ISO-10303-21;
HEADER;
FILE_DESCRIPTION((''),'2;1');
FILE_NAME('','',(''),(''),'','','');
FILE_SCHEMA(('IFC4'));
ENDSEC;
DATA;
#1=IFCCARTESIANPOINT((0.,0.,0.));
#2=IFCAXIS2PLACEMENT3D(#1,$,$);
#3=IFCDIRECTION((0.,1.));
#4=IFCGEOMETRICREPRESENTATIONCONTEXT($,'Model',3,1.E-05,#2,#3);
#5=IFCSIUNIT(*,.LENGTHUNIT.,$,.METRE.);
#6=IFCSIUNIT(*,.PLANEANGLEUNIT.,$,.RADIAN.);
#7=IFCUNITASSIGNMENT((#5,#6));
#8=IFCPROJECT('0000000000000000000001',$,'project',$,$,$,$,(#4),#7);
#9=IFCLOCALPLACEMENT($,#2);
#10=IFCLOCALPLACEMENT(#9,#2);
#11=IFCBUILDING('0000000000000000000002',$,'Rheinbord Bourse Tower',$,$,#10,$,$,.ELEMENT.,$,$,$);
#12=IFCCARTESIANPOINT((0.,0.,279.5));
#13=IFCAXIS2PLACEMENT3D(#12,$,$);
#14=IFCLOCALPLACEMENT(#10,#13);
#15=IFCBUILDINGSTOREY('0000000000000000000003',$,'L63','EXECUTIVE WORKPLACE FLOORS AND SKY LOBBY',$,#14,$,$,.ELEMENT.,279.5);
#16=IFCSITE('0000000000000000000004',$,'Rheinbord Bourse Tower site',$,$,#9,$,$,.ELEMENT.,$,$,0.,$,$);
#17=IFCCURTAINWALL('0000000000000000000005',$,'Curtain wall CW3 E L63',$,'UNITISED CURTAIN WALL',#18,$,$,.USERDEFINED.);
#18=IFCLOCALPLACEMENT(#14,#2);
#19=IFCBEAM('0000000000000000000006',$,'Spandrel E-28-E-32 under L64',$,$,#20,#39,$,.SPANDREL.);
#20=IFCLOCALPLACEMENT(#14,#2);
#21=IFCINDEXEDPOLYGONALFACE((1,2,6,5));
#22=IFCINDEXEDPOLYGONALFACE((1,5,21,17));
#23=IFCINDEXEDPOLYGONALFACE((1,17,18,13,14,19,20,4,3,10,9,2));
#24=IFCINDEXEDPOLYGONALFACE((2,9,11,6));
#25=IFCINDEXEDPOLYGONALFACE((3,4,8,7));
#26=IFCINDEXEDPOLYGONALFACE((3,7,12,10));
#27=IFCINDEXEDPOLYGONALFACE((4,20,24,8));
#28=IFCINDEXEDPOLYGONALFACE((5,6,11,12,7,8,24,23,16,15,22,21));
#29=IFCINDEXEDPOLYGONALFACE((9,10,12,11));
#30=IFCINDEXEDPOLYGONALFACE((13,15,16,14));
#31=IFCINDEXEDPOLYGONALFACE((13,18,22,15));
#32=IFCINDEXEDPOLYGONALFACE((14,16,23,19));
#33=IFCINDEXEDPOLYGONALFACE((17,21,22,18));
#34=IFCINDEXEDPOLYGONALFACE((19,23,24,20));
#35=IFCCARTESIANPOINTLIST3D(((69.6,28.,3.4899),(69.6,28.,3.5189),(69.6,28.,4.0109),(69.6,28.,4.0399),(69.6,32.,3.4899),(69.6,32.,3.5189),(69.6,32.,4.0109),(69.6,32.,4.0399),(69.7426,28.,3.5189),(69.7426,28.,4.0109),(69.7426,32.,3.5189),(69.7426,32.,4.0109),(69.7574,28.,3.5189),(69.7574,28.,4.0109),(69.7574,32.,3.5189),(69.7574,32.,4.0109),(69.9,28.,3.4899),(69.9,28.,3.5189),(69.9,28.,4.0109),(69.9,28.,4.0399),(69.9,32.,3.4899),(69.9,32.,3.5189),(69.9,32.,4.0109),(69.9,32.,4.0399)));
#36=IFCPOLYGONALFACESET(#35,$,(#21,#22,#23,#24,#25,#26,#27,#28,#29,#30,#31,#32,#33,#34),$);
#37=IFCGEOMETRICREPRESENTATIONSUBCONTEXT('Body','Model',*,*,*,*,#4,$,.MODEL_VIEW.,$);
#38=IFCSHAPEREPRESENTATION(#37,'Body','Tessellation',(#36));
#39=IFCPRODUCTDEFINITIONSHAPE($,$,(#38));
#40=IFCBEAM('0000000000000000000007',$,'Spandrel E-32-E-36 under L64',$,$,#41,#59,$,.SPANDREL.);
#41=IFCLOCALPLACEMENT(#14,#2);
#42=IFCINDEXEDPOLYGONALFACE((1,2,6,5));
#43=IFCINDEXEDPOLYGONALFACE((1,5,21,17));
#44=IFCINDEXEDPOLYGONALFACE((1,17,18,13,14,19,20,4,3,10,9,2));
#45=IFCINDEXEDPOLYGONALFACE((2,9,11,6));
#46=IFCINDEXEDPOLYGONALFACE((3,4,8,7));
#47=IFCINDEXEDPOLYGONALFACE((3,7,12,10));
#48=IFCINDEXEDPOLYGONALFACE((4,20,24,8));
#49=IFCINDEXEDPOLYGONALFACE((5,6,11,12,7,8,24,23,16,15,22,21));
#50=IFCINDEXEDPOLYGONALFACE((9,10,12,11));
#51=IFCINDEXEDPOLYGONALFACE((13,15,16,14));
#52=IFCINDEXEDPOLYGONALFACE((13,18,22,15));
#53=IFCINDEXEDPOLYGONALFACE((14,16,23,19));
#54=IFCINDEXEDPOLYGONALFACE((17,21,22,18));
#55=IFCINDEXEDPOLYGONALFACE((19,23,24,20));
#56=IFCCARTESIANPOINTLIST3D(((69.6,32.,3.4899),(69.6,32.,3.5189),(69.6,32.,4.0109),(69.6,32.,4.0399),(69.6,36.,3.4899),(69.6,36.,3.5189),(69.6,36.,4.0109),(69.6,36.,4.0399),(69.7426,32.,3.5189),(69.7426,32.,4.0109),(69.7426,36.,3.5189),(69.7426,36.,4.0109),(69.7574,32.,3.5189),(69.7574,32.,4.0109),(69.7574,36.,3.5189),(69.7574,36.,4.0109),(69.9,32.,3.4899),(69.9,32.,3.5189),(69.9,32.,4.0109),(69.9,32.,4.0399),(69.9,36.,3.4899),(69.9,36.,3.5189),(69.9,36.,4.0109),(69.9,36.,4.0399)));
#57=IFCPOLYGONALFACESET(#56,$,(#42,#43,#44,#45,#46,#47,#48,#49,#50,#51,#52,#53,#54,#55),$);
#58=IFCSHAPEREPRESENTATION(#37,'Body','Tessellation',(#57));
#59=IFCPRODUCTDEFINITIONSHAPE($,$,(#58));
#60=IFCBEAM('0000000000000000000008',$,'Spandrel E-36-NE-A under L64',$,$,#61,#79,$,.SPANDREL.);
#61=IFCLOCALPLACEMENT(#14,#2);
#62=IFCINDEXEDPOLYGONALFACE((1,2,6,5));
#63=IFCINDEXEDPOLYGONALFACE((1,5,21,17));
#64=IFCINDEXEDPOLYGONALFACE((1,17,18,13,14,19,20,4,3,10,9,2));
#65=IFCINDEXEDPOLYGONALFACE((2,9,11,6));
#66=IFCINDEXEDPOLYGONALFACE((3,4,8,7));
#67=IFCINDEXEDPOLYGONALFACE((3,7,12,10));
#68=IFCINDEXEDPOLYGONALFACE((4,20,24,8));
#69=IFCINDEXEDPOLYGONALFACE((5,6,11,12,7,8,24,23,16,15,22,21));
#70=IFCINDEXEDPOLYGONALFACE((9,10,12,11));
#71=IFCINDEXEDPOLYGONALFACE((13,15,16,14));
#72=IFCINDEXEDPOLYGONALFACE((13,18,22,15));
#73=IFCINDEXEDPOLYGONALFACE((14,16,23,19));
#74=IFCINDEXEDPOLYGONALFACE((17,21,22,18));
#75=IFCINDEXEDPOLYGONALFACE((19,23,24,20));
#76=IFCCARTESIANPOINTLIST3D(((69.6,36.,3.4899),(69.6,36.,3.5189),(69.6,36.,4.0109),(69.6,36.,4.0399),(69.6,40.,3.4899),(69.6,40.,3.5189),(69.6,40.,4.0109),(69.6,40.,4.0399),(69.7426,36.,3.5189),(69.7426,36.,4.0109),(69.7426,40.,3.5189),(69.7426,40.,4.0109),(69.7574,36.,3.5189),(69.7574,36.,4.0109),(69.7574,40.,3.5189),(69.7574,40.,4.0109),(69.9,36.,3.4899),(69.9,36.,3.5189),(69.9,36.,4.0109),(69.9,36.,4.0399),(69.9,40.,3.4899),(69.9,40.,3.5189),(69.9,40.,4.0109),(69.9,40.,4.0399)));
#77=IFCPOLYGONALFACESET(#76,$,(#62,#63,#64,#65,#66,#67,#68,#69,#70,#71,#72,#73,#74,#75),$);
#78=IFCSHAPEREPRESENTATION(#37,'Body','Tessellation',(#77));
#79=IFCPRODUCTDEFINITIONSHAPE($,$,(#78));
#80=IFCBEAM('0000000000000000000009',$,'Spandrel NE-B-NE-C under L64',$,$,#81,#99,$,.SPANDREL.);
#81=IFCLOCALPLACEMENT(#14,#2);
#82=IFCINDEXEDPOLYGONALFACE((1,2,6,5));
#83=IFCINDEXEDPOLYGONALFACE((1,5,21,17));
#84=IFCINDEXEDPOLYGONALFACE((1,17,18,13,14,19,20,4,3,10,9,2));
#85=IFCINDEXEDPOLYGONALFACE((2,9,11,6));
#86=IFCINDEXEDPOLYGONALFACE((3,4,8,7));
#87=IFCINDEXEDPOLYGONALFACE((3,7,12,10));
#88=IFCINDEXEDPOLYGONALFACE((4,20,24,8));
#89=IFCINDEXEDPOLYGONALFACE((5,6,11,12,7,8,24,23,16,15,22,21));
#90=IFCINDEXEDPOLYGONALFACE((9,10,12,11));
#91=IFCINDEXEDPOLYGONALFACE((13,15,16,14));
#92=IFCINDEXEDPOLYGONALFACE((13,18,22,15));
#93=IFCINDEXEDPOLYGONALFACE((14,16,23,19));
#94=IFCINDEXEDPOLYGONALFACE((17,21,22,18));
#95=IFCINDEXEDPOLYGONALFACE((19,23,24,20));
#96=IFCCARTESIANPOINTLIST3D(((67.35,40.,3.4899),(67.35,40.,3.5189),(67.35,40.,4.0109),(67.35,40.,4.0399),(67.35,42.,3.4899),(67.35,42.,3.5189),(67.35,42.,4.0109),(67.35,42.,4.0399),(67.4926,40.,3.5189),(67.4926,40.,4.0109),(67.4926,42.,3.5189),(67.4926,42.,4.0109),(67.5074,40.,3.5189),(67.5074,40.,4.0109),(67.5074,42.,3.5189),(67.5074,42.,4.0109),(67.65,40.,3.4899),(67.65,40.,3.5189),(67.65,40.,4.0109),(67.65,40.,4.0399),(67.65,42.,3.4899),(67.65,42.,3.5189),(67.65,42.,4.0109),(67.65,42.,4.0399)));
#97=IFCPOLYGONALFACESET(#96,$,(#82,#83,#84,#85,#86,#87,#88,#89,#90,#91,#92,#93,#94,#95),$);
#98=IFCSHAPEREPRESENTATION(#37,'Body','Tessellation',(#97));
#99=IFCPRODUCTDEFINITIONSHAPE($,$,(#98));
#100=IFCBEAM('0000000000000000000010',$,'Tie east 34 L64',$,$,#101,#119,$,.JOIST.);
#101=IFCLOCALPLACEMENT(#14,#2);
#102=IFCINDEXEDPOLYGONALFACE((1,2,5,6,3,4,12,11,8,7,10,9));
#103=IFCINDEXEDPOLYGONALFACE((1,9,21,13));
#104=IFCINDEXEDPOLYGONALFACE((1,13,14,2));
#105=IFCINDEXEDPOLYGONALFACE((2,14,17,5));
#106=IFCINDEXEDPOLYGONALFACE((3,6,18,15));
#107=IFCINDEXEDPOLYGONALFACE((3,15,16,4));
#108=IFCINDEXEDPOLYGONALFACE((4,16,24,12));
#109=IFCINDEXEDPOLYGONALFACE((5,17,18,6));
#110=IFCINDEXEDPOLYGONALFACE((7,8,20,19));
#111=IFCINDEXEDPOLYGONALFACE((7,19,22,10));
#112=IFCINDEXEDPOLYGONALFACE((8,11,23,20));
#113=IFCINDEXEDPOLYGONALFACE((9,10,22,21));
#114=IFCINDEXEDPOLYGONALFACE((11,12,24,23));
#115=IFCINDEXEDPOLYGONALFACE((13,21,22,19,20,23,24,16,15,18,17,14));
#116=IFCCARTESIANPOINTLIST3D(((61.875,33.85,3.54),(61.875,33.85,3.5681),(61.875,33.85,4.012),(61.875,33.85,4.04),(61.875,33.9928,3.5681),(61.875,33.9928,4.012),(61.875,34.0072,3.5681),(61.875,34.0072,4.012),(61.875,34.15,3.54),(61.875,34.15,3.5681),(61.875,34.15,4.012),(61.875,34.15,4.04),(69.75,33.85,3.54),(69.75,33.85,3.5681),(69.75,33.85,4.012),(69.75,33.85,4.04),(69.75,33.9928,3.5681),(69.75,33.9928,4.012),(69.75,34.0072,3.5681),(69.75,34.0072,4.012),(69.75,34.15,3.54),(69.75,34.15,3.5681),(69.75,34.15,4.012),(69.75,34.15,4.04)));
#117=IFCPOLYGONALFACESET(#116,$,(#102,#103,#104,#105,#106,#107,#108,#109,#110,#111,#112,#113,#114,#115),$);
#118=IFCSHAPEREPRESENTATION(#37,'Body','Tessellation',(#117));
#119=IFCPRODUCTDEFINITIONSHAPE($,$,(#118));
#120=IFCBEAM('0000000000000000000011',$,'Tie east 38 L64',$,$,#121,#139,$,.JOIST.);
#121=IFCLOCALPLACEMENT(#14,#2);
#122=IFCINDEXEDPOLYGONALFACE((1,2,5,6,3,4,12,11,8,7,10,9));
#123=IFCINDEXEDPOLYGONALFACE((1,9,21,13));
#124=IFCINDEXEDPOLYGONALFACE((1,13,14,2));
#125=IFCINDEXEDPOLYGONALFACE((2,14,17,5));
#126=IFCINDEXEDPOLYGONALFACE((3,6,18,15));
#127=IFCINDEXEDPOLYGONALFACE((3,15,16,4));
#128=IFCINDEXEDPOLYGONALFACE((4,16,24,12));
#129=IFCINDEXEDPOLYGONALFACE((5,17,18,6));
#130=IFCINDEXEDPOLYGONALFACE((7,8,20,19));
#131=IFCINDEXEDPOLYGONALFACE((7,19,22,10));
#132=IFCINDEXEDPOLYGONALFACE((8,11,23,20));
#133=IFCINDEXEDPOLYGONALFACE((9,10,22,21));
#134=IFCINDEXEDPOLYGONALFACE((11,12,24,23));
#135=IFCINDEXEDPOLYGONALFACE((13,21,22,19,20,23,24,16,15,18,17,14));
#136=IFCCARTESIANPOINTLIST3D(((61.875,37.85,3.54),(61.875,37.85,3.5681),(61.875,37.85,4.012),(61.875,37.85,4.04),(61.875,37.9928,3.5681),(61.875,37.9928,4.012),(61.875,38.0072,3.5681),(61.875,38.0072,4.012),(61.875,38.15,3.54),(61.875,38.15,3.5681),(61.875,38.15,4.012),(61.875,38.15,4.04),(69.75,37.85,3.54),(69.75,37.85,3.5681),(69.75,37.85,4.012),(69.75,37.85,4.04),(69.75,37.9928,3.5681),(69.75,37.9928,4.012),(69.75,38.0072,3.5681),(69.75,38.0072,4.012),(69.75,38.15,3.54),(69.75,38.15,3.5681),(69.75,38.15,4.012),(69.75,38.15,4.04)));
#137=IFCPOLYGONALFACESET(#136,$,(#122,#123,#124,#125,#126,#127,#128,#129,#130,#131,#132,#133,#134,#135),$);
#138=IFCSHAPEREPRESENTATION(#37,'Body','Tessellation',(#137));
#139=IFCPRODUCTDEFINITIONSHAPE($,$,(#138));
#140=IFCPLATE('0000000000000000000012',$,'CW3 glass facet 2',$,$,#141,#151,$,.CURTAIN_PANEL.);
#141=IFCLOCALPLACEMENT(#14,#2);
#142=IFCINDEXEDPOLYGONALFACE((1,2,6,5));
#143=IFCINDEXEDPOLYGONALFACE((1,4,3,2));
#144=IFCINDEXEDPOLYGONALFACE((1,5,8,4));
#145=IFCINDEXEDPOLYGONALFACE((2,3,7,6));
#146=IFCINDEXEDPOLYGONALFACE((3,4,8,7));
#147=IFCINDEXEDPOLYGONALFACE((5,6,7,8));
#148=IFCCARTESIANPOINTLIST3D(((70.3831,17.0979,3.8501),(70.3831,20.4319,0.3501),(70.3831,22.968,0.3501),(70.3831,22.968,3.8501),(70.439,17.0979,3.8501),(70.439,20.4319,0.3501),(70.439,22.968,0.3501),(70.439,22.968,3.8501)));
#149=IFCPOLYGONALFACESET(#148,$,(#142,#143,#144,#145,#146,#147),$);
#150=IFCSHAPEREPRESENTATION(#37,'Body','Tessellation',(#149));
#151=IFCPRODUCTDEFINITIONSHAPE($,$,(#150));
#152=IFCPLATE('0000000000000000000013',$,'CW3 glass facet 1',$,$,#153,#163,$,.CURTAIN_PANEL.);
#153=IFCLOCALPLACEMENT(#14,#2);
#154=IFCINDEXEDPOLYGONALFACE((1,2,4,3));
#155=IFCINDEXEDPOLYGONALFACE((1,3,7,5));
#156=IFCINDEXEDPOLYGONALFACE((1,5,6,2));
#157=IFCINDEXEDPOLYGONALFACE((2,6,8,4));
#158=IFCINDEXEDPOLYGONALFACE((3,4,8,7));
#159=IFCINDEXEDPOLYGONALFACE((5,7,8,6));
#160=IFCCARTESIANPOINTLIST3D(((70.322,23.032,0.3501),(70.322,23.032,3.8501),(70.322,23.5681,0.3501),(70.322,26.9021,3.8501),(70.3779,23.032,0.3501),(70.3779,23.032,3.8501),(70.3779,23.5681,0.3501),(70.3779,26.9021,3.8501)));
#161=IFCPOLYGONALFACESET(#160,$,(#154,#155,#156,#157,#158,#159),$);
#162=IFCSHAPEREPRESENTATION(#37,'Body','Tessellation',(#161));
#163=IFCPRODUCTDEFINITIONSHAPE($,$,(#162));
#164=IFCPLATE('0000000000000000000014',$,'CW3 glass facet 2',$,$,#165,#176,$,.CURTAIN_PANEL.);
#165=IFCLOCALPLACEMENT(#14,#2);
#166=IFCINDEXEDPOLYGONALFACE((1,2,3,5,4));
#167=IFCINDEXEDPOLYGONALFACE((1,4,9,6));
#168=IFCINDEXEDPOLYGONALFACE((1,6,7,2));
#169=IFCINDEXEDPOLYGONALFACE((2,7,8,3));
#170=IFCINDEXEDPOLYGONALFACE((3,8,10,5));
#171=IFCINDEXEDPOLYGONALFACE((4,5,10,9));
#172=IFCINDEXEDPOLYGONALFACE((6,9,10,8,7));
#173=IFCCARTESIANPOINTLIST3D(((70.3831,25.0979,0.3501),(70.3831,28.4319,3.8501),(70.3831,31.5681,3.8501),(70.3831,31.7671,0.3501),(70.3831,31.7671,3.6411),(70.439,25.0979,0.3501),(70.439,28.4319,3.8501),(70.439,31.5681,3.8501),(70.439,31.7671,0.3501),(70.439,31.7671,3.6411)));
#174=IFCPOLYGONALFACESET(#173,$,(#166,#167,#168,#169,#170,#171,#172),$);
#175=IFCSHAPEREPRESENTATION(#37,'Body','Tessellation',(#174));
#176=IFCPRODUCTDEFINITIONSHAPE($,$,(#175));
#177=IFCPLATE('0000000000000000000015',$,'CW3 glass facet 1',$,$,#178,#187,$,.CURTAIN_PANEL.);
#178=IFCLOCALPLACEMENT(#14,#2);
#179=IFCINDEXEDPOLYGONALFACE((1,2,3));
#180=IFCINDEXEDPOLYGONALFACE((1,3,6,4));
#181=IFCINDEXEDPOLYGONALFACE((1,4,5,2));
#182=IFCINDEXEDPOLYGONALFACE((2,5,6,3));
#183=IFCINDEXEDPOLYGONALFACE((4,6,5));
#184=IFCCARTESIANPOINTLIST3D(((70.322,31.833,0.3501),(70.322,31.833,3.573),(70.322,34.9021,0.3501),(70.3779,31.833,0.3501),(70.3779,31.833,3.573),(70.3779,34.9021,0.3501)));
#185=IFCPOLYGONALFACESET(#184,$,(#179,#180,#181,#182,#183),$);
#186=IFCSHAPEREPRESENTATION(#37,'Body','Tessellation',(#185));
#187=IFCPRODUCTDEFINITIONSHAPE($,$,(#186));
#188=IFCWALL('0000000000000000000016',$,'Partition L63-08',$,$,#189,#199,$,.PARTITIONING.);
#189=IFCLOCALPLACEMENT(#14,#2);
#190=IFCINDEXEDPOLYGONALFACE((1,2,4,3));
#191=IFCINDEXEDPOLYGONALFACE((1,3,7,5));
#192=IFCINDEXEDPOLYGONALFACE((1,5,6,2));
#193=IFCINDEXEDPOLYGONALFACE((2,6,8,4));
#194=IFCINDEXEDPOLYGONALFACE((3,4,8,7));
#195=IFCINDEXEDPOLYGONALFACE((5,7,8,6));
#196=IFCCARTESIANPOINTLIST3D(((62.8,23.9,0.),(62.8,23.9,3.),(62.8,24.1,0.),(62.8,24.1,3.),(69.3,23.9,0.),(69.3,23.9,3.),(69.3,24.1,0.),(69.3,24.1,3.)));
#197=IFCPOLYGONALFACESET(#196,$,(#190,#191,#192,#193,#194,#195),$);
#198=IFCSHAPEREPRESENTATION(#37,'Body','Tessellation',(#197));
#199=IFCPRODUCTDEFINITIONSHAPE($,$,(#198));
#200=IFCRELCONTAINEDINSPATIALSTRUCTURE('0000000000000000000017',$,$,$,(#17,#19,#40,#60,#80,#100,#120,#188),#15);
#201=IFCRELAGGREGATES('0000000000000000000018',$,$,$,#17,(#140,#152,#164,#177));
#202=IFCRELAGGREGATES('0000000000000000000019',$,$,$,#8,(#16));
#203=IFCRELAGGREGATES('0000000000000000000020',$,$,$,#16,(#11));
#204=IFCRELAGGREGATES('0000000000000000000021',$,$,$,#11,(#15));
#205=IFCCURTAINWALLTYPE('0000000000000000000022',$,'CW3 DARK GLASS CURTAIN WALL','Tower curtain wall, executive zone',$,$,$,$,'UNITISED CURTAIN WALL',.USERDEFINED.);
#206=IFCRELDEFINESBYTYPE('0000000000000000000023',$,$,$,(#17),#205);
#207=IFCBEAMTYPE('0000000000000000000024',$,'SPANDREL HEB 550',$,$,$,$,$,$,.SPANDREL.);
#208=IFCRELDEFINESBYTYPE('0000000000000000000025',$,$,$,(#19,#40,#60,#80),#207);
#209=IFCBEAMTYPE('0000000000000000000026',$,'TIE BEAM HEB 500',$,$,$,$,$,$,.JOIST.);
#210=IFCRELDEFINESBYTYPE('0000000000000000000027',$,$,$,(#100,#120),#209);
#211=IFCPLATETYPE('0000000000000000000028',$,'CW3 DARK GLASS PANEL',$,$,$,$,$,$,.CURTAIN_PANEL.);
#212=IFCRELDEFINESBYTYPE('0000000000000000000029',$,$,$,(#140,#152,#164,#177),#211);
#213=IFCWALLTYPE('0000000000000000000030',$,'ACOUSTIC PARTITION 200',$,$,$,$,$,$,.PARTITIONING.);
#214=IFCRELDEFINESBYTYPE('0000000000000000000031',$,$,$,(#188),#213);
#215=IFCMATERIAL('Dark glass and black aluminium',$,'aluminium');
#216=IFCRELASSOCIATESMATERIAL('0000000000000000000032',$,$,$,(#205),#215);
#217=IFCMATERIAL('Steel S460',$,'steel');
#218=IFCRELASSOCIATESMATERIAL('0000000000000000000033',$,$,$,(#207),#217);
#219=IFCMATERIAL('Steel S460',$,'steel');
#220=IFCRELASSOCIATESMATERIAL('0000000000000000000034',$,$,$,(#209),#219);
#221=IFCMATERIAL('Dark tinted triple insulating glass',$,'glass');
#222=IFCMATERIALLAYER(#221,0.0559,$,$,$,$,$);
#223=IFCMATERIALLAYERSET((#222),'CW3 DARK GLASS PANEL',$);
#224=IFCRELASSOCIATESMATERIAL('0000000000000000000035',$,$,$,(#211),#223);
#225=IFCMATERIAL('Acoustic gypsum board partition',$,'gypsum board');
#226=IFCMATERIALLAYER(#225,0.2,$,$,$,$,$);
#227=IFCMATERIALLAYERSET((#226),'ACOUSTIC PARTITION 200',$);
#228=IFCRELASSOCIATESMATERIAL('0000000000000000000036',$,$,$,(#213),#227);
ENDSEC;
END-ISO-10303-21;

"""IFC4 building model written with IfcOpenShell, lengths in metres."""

from ifc_helpers import new_model, si_unit, direction, frame, frame_2d, origin, origin_2d, place, context, subcontext, project, spatial, polyline, rectangle, i_section, outline, extrude, material, layer, layer_set, material_profile, profile_set, type_object, element, aggregate, save


model = new_model("IFC4")

# Units and contexts
model_context = context("Model", 3, precision=1e-05, world=origin(), true_north=direction((0.0, 1.0)))
body_context = subcontext(model_context, "Body", "Model", "MODEL_VIEW")
ifc_project = project(units=[si_unit("LENGTHUNIT", "METRE"), si_unit("PLANEANGLEUNIT", "RADIAN")], contexts=[model_context])

# Site, building, storey
site_placement = place(None, origin())
site = spatial("IfcSite", under=ifc_project, at=site_placement, Name="Rheinbord Bourse Tower site", CompositionType="ELEMENT", RefElevation=0.0)
building_placement = place(site_placement, origin())
building = spatial("IfcBuilding", under=site, at=building_placement, Name="Rheinbord Bourse Tower", CompositionType="ELEMENT")
storey_placement = place(building_placement, frame((0.0, 0.0, 279.5)))
storey = spatial("IfcBuildingStorey", under=building, at=storey_placement, Name="L63", Description="EXECUTIVE WORKPLACE FLOORS AND SKY LOBBY", CompositionType="ELEMENT", Elevation=279.5)

# Curtain wall
ifc_material_1 = material(Name="Dark glass and black aluminium", Category="aluminium")
curtain_wall_type = type_object("IfcCurtainWallType", Name="CW3 DARK GLASS CURTAIN WALL", Description="Tower curtain wall, executive zone", ElementType="UNITISED CURTAIN WALL", PredefinedType="USERDEFINED", material=ifc_material_1)
curtain_wall_placement = place(storey_placement, origin())
curtain_wall = element("IfcCurtainWall", 1, at=curtain_wall_placement, inside=storey, type_object=curtain_wall_type, Name="Curtain wall CW3 E L63", ObjectType="UNITISED CURTAIN WALL", PredefinedType="USERDEFINED")

# Beams
ifc_material_2 = material(Name="Steel S460", Category="steel")
ifc_material_profile_1 = material_profile(ifc_material_2, i_section(OverallWidth=0.3, OverallDepth=0.55, WebThickness=0.0149, FlangeThickness=0.0291, at=origin_2d()), Name="HEB 550")
ifc_profile_set_1 = profile_set([ifc_material_profile_1], Name="Steel S460")
beam_type_1 = type_object("IfcBeamType", Name="SPANDREL HEB 550", PredefinedType="SPANDREL", material=ifc_profile_set_1)
for number, where, z_axis, x_axis, name in (
    (2, (69.75, 28.0, 3.7649), (0.0, 1.0, 0.0), (-1.0, 0.0, 0.0), "Spandrel E-28-E-32 under L64"),
    (3, (69.75, 32.0, 3.7649), (0.0, 1.0, 0.0), (-1.0, 0.0, 0.0), "Spandrel E-32-E-36 under L64"),
    (4, (69.75, 36.0, 3.7649), (0.0, 1.0, 0.0), (-1.0, 0.0, 0.0), "Spandrel E-36-NE-A under L64"),
):
    element("IfcBeam", number, at=place(storey_placement, frame(where, z_axis=z_axis, x_axis=x_axis)), inside=storey, type_object=beam_type_1, Name=name, PredefinedType="SPANDREL", context=body_context, shape_type="SweptSolid", body=[
        extrude(i_section(OverallWidth=0.3, OverallDepth=0.55, WebThickness=0.0149, FlangeThickness=0.0291, at=origin_2d()), origin(), (0.0, 0.0, 1.0), 4.0),
    ])
beam_1_placement = place(storey_placement, frame((67.5, 40.0, 3.7649), z_axis=(0.0, 1.0, 0.0), x_axis=(-1.0, 0.0, 0.0)))
element("IfcBeam", 5, at=beam_1_placement, inside=storey, type_object=beam_type_1, Name="Spandrel NE-B-NE-C under L64", PredefinedType="SPANDREL", context=body_context, shape_type="SweptSolid", body=[
    extrude(i_section(OverallWidth=0.3, OverallDepth=0.55, WebThickness=0.0149, FlangeThickness=0.0291, at=origin_2d()), origin(), (0.0, 0.0, 1.0), 2.0),
])
ifc_material_3 = material(Name="Steel S460", Category="steel")
ifc_material_profile_2 = material_profile(ifc_material_3, i_section(OverallWidth=0.3, OverallDepth=0.5, WebThickness=0.0144, FlangeThickness=0.0281, at=origin_2d()), Name="HEB 500")
ifc_profile_set_2 = profile_set([ifc_material_profile_2], Name="Steel S460")
beam_type_2 = type_object("IfcBeamType", Name="TIE BEAM HEB 500", PredefinedType="JOIST", material=ifc_profile_set_2)
for number, where, z_axis, x_axis, name in (
    (6, (61.875, 34.0, 3.79), (1.0, 0.0, 0.0), (0.0, 1.0, 0.0), "Tie east 34 L64"),
    (7, (61.875, 38.0, 3.79), (1.0, 0.0, 0.0), (0.0, 1.0, 0.0), "Tie east 38 L64"),
):
    element("IfcBeam", number, at=place(storey_placement, frame(where, z_axis=z_axis, x_axis=x_axis)), inside=storey, type_object=beam_type_2, Name=name, PredefinedType="JOIST", context=body_context, shape_type="SweptSolid", body=[
        extrude(i_section(OverallWidth=0.3, OverallDepth=0.5, WebThickness=0.0144, FlangeThickness=0.0281, at=origin_2d()), origin(), (0.0, 0.0, 1.0), 7.875),
    ])

# Plates
ifc_material_4 = material(Name="Dark tinted triple insulating glass", Category="glass")
ifc_layer_1 = layer(ifc_material_4, 0.0559)
ifc_layer_set_1 = layer_set([ifc_layer_1], Name="CW3 DARK GLASS PANEL")
plate_type = type_object("IfcPlateType", Name="CW3 DARK GLASS PANEL", PredefinedType="CURTAIN_PANEL", material=ifc_layer_set_1)
plate_1_placement = place(storey_placement, frame((70.439, 22.968, 3.8501), z_axis=(-1.0, 0.0, 0.0), x_axis=(0.0, 0.0, -1.0)))
plate_1 = element("IfcPlate", 8, at=plate_1_placement, type_object=plate_type, Name="CW3 glass facet 2", PredefinedType="CURTAIN_PANEL", context=body_context, shape_type="SweptSolid", body=[
    extrude(outline(polyline([(0.0, 0.0), (3.5, 0.0), (3.5, 2.5361), (0.0, 5.8701), (0.0, 0.0)])), origin(), (0.0, 0.0, 1.0), 0.0559),
])
plate_2_placement = place(storey_placement, frame((70.3779, 23.032, 0.3501), z_axis=(-1.0, 0.0, 0.0), x_axis=(0.0, 0.0, 1.0)))
plate_2 = element("IfcPlate", 9, at=plate_2_placement, type_object=plate_type, Name="CW3 glass facet 1", PredefinedType="CURTAIN_PANEL", context=body_context, shape_type="SweptSolid", body=[
    extrude(outline(polyline([(0.0, 0.0), (3.5, 0.0), (3.5, 3.8701), (0.0, 0.5361), (0.0, 0.0)])), origin(), (0.0, 0.0, 1.0), 0.0559),
])
plate_3_placement = place(storey_placement, frame((70.439, 31.7671, 0.3501), z_axis=(-1.0, 0.0, 0.0), x_axis=(0.0, -1.0, 0.0)))
plate_3 = element("IfcPlate", 10, at=plate_3_placement, type_object=plate_type, Name="CW3 glass facet 2", PredefinedType="CURTAIN_PANEL", context=body_context, shape_type="SweptSolid", body=[
    extrude(outline(polyline([(0.0, 0.0), (6.6692, 0.0), (3.3352, 3.5), (0.199, 3.5), (0.0, 3.291), (0.0, 0.0)])), origin(), (0.0, 0.0, 1.0), 0.0559),
])
plate_4_placement = place(storey_placement, frame((70.3779, 31.833, 0.3501), z_axis=(-1.0, 0.0, 0.0), x_axis=(0.0, 0.0, 1.0)))
plate_4 = element("IfcPlate", 11, at=plate_4_placement, type_object=plate_type, Name="CW3 glass facet 1", PredefinedType="CURTAIN_PANEL", context=body_context, shape_type="SweptSolid", body=[
    extrude(outline(polyline([(0.0, 0.0), (3.2229, 0.0), (0.0, 3.0691), (0.0, 0.0)])), origin(), (0.0, 0.0, 1.0), 0.0559),
])
aggregate(curtain_wall, [plate_1, plate_2, plate_3, plate_4])

# Wall
ifc_material_5 = material(Name="Acoustic gypsum board partition", Category="gypsum board")
ifc_layer_2 = layer(ifc_material_5, 0.2)
ifc_layer_set_2 = layer_set([ifc_layer_2], Name="ACOUSTIC PARTITION 200")
wall_type_1 = type_object("IfcWallType", Name="ACOUSTIC PARTITION 200", PredefinedType="PARTITIONING", material=ifc_layer_set_2)
wall_1_placement = place(storey_placement, frame((62.8, 24.0, 0.0), z_axis=(0.0, 0.0, 1.0), x_axis=(1.0, 0.0, 0.0)))
element("IfcWall", 12, at=wall_1_placement, inside=storey, type_object=wall_type_1, Name="Partition L63-08", PredefinedType="PARTITIONING", context=body_context, shape_type="SweptSolid", body=[
    extrude(rectangle(XDim=6.5, YDim=0.2, at=frame_2d((3.25, 0.0))), origin(), (0.0, 0.0, 1.0), 3.0),
])

save(model, "model.ifc")
